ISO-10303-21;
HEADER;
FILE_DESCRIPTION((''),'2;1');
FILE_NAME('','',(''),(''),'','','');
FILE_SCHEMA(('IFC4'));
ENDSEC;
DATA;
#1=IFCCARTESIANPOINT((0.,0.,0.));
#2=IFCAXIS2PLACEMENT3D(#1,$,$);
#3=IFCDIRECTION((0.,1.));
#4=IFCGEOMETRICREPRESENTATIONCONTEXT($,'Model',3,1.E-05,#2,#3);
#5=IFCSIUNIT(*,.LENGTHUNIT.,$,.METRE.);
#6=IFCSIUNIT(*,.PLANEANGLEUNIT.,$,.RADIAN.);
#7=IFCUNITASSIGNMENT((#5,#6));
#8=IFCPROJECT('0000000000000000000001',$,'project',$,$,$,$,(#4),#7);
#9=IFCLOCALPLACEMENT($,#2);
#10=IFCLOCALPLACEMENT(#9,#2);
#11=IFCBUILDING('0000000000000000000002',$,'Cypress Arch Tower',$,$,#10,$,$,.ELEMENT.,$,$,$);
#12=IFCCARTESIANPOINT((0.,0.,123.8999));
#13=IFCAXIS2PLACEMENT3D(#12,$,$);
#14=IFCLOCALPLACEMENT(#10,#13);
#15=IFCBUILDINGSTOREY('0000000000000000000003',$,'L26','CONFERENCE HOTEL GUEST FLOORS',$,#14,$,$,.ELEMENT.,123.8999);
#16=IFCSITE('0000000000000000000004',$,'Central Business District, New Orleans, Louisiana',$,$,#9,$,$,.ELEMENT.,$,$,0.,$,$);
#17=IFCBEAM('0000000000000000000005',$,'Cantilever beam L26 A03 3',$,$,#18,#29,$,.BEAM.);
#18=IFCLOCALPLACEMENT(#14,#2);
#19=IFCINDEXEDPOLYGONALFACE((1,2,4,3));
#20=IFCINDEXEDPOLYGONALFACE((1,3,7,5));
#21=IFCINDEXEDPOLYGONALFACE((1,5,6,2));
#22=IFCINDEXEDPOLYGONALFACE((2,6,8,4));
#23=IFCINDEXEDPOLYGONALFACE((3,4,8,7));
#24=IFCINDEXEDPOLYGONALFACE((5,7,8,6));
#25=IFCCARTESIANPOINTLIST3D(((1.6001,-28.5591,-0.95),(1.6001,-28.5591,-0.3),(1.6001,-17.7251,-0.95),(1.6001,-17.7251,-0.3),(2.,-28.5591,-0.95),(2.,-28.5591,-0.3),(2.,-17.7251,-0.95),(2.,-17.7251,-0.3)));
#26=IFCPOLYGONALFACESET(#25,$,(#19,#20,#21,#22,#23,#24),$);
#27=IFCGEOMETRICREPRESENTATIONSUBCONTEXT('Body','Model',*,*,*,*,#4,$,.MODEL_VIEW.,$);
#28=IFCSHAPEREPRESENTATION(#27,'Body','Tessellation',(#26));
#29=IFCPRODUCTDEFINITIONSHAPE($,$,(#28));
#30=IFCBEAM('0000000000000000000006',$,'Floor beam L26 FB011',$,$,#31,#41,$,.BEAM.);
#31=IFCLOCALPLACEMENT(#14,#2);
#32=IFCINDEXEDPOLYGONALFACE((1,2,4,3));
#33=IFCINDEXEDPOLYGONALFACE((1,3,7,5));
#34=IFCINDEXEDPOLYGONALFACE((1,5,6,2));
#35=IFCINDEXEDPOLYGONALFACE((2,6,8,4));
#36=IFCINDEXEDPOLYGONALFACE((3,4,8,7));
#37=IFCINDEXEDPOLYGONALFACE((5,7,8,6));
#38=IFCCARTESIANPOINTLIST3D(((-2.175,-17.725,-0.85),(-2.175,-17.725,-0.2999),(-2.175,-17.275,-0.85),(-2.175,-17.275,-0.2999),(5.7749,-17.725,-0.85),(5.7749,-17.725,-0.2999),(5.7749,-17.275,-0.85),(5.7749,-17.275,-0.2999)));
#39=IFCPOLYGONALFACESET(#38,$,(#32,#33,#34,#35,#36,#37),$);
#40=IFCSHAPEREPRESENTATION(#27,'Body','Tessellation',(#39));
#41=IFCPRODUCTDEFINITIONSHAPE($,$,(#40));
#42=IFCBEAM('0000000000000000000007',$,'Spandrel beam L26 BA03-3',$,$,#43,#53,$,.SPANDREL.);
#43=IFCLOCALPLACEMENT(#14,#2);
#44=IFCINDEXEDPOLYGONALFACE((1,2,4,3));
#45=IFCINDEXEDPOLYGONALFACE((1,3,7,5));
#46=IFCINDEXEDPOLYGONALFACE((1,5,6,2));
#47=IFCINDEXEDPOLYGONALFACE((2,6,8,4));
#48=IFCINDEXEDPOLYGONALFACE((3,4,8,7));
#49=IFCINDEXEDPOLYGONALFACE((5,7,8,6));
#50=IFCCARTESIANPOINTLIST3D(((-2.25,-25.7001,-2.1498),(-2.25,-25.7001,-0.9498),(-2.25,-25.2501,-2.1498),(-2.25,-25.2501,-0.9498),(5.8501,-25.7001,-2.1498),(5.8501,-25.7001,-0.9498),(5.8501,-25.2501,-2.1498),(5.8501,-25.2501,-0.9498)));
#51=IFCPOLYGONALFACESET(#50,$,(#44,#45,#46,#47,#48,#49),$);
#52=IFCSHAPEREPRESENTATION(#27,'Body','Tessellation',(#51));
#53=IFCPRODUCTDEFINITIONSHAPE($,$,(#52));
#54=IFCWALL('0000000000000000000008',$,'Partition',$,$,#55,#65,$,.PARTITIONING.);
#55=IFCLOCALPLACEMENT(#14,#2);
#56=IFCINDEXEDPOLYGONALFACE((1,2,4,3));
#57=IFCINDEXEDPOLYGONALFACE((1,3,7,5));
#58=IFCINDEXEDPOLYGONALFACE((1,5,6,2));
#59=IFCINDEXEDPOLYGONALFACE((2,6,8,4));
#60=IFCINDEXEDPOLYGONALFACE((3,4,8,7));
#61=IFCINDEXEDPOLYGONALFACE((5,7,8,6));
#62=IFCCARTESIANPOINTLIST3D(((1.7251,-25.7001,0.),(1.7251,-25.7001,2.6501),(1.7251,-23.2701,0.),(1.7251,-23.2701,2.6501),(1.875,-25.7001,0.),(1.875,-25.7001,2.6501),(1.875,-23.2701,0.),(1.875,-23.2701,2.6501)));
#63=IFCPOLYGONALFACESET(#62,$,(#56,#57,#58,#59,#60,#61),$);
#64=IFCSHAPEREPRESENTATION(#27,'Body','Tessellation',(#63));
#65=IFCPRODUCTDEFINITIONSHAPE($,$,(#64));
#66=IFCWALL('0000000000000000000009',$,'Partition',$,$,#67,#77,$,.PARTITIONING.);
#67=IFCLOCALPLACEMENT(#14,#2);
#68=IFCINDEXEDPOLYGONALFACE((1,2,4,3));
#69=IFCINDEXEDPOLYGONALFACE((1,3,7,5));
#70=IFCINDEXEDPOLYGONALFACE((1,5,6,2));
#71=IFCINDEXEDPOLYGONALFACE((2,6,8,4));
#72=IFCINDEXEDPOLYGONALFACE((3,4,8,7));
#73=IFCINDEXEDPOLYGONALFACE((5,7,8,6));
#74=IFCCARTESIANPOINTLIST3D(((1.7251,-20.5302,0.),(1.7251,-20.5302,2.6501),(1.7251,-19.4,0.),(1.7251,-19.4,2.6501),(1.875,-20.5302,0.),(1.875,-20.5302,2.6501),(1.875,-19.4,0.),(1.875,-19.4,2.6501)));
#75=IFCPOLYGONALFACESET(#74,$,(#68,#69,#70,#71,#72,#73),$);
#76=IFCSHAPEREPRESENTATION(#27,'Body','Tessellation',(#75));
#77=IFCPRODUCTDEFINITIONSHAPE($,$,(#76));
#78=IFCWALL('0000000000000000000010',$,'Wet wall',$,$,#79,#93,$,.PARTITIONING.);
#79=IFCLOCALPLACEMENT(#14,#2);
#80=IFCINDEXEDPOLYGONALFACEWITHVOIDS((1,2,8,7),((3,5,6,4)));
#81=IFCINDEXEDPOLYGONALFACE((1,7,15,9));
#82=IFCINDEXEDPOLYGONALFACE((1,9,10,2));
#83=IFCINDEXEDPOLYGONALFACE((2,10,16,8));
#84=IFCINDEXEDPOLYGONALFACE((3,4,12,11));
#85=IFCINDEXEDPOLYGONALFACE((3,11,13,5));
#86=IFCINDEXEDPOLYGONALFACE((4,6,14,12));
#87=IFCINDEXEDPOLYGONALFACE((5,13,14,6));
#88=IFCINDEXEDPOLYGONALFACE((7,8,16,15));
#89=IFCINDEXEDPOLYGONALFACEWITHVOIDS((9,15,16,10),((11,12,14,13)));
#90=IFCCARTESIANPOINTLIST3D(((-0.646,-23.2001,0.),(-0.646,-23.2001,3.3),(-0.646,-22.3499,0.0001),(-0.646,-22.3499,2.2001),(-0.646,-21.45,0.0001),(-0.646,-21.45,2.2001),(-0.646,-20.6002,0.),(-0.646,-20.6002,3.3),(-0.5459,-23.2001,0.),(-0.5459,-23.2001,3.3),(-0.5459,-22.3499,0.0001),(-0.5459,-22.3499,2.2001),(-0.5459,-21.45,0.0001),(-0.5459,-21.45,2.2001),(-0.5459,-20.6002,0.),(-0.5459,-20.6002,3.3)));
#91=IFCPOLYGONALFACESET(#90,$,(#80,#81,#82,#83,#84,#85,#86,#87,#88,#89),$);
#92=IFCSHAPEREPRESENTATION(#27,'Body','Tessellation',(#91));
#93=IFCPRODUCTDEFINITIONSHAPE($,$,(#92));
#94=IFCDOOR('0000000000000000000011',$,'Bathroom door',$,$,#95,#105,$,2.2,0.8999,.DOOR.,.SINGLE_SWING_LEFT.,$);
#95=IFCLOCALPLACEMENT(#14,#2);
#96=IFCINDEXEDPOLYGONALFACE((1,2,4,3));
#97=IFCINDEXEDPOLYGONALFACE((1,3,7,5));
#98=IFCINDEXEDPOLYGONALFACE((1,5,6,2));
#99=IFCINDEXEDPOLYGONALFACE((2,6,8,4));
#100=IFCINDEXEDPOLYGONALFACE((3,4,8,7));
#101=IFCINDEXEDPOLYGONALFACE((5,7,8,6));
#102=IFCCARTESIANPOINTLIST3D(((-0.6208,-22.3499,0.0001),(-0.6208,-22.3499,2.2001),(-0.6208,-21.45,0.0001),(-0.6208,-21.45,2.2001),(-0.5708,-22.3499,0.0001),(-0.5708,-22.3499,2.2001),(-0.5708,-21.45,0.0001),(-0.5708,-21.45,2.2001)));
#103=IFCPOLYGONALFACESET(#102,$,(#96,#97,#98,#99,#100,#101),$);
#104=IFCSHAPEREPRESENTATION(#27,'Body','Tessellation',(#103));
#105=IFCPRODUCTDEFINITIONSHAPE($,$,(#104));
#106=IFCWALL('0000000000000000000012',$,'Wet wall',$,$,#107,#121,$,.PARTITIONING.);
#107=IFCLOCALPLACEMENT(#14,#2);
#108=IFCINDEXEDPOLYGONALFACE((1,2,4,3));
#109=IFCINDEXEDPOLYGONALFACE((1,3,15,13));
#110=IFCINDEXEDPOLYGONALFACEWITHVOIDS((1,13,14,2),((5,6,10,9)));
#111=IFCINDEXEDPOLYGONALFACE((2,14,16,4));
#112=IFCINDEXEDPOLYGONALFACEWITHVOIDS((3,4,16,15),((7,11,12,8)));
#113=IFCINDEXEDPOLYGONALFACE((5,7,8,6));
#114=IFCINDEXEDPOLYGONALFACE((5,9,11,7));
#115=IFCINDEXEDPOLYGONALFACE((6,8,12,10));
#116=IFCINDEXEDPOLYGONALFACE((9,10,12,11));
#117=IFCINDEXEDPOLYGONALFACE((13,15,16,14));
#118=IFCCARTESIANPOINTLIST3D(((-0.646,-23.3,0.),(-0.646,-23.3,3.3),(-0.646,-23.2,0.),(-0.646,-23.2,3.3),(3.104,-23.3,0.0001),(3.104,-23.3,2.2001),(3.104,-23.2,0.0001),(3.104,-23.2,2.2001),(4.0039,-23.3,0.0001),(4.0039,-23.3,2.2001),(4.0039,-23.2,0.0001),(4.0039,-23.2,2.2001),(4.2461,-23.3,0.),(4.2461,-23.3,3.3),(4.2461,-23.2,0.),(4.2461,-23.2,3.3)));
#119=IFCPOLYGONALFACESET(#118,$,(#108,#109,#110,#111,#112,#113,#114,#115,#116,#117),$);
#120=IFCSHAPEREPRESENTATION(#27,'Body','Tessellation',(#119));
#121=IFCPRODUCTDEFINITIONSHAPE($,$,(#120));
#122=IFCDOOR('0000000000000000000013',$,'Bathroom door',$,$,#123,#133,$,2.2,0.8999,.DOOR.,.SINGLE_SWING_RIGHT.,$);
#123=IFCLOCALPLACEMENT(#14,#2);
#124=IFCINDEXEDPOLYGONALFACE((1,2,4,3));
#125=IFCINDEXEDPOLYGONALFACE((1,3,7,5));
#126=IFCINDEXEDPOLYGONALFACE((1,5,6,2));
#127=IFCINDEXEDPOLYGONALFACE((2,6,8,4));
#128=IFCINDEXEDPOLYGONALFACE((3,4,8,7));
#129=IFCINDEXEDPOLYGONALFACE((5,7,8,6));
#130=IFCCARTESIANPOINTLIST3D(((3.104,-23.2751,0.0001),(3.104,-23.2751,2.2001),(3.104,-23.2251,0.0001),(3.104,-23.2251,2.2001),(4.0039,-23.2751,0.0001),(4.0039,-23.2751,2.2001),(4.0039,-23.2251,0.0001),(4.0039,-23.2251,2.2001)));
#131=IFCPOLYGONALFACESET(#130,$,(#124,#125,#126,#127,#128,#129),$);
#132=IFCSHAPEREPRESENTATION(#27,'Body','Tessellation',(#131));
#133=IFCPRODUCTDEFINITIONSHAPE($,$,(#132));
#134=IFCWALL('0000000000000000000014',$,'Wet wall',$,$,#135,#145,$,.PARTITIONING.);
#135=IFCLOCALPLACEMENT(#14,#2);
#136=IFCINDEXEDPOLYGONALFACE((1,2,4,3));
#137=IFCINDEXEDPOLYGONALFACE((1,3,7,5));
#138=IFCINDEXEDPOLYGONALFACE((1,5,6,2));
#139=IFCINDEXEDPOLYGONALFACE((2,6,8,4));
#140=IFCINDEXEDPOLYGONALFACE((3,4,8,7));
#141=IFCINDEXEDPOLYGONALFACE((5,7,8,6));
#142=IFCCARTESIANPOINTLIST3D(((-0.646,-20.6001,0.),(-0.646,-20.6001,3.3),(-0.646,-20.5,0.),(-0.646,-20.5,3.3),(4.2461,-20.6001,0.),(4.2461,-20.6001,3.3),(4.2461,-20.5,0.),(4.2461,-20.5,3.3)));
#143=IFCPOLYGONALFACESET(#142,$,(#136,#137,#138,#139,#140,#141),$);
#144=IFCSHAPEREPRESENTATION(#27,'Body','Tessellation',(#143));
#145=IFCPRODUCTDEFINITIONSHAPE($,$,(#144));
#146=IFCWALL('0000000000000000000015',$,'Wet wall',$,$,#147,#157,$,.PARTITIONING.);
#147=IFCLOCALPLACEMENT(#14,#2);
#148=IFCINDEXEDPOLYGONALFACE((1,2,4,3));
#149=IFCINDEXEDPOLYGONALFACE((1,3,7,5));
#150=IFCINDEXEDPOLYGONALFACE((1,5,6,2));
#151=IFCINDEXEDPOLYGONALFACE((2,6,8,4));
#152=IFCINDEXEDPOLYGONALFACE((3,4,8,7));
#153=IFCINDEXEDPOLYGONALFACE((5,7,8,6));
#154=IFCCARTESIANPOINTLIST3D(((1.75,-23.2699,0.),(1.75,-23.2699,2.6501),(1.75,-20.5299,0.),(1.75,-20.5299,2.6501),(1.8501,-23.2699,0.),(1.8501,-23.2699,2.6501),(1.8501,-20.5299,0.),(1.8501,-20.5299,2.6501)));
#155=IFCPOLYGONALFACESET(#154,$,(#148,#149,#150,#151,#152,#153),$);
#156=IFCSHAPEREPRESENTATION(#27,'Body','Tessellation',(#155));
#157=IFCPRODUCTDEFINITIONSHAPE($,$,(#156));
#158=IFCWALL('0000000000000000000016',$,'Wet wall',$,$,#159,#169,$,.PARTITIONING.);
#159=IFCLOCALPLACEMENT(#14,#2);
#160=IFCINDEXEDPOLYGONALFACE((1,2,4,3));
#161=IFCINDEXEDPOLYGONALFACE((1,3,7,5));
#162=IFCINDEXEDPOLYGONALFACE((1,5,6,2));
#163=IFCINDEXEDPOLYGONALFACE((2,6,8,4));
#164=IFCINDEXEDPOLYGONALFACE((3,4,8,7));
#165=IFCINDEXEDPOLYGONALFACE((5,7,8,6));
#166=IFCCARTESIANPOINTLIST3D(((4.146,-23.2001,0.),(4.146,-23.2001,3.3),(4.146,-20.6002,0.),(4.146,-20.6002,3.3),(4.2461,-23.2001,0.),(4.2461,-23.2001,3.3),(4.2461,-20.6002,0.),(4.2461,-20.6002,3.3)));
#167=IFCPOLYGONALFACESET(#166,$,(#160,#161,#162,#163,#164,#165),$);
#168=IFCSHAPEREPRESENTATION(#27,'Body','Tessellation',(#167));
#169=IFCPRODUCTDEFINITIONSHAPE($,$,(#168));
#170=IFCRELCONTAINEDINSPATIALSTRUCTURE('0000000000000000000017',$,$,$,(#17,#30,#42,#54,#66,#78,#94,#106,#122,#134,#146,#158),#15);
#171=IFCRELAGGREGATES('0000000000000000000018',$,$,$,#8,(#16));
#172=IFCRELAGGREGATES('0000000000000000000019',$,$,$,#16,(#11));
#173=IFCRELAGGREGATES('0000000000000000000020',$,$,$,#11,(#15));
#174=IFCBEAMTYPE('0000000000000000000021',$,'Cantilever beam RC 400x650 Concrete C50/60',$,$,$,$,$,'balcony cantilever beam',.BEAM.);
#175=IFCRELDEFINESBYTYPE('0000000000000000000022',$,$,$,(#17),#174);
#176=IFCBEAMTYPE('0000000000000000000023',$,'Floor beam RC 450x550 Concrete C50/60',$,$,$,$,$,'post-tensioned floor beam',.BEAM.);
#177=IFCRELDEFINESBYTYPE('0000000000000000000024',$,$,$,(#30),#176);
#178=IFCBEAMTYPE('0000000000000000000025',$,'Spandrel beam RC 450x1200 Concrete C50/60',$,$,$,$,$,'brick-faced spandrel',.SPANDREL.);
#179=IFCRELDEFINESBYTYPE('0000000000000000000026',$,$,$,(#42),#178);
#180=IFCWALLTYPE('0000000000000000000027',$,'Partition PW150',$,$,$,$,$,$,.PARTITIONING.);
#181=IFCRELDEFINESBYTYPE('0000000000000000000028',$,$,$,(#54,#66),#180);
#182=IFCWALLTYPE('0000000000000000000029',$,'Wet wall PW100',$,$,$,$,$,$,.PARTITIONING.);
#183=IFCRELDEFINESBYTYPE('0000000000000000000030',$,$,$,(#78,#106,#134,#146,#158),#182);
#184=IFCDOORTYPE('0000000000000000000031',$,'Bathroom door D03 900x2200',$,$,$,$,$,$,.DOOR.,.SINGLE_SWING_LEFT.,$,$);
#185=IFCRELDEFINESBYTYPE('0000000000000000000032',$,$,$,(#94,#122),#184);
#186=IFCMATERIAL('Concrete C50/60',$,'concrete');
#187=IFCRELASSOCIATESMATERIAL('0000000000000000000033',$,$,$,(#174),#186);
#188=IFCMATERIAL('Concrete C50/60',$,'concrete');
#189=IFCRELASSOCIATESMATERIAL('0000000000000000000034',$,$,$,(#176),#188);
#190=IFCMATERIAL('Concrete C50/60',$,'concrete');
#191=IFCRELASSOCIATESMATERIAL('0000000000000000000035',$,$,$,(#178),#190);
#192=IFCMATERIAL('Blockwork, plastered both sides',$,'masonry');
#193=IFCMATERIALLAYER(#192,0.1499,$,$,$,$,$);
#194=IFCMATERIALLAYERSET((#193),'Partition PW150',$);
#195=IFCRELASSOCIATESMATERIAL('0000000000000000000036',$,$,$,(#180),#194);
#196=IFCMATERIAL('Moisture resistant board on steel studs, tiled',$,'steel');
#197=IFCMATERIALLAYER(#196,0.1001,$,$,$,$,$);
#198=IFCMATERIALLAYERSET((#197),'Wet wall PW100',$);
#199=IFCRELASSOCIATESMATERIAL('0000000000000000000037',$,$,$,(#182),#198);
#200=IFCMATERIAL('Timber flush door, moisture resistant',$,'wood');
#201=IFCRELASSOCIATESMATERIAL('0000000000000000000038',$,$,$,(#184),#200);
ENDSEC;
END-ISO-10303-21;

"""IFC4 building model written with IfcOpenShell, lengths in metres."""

from ifc_helpers import new_model, si_unit, direction, frame, frame_2d, origin, origin_2d, place, context, subcontext, project, spatial, rectangle, extrude, material, layer, layer_set, material_profile, profile_set, type_object, element, fill, save


model = new_model("IFC4")

# Units and contexts
model_context = context("Model", 3, precision=1e-05, world=origin(), true_north=direction((0.0, 1.0)))
body_context = subcontext(model_context, "Body", "Model", "MODEL_VIEW")
ifc_project = project(units=[si_unit("LENGTHUNIT", "METRE"), si_unit("PLANEANGLEUNIT", "RADIAN")], contexts=[model_context])

# Site, building, storey
site_placement = place(None, origin())
site = spatial("IfcSite", under=ifc_project, at=site_placement, Name="Central Business District, New Orleans, Louisiana", CompositionType="ELEMENT", RefElevation=0.0)
building_placement = place(site_placement, origin())
building = spatial("IfcBuilding", under=site, at=building_placement, Name="Cypress Arch Tower", CompositionType="ELEMENT")
storey_placement = place(building_placement, frame((0.0, 0.0, 123.8999)))
storey = spatial("IfcBuildingStorey", under=building, at=storey_placement, Name="L26", Description="CONFERENCE HOTEL GUEST FLOORS", CompositionType="ELEMENT", Elevation=123.8999)

# Beams
ifc_material_1 = material(Name="Concrete C50/60", Category="concrete")
ifc_material_profile_1 = material_profile(ifc_material_1, rectangle(XDim=0.3999, YDim=0.6499, at=origin_2d()), Name="RC 400x650")
ifc_profile_set_1 = profile_set([ifc_material_profile_1], Name="Concrete C50/60")
beam_type_1 = type_object("IfcBeamType", Name="Cantilever beam RC 400x650 Concrete C50/60", ElementType="balcony cantilever beam", PredefinedType="BEAM", material=ifc_profile_set_1)
beam_1_placement = place(storey_placement, frame((1.8, -17.7251, -0.625), z_axis=(0.0, -1.0, 0.0), x_axis=(1.0, 0.0, 0.0)))
element("IfcBeam", 1, at=beam_1_placement, inside=storey, type_object=beam_type_1, Name="Cantilever beam L26 A03 3", PredefinedType="BEAM", context=body_context, shape_type="SweptSolid", body=[
    extrude(rectangle(XDim=0.3999, YDim=0.6499, at=origin_2d()), origin(), (0.0, 0.0, 1.0), 10.834),
])
ifc_material_2 = material(Name="Concrete C50/60", Category="concrete")
ifc_material_profile_2 = material_profile(ifc_material_2, rectangle(XDim=0.45, YDim=0.55, at=origin_2d()), Name="RC 450x550")
ifc_profile_set_2 = profile_set([ifc_material_profile_2], Name="Concrete C50/60")
beam_type_2 = type_object("IfcBeamType", Name="Floor beam RC 450x550 Concrete C50/60", ElementType="post-tensioned floor beam", PredefinedType="BEAM", material=ifc_profile_set_2)
beam_2_placement = place(storey_placement, frame((-2.175, -17.5, -0.575), z_axis=(1.0, 0.0, 0.0), x_axis=(0.0, 1.0, 0.0)))
element("IfcBeam", 2, at=beam_2_placement, inside=storey, type_object=beam_type_2, Name="Floor beam L26 FB011", PredefinedType="BEAM", context=body_context, shape_type="SweptSolid", body=[
    extrude(rectangle(XDim=0.45, YDim=0.55, at=origin_2d()), origin(), (0.0, 0.0, 1.0), 7.95),
])
ifc_material_3 = material(Name="Concrete C50/60", Category="concrete")
ifc_material_profile_3 = material_profile(ifc_material_3, rectangle(XDim=0.45, YDim=1.2, at=origin_2d()), Name="RC 450x1200")
ifc_profile_set_3 = profile_set([ifc_material_profile_3], Name="Concrete C50/60")
beam_type_3 = type_object("IfcBeamType", Name="Spandrel beam RC 450x1200 Concrete C50/60", ElementType="brick-faced spandrel", PredefinedType="SPANDREL", material=ifc_profile_set_3)
beam_3_placement = place(storey_placement, frame((-2.25, -25.4751, -1.5498), z_axis=(1.0, 0.0, 0.0), x_axis=(0.0, 1.0, 0.0)))
element("IfcBeam", 3, at=beam_3_placement, inside=storey, type_object=beam_type_3, Name="Spandrel beam L26 BA03-3", PredefinedType="SPANDREL", context=body_context, shape_type="SweptSolid", body=[
    extrude(rectangle(XDim=0.45, YDim=1.2, at=origin_2d()), origin(), (0.0, 0.0, 1.0), 8.1001),
])

# Walls
ifc_material_4 = material(Name="Blockwork, plastered both sides", Category="masonry")
ifc_layer_1 = layer(ifc_material_4, 0.1499)
ifc_layer_set_1 = layer_set([ifc_layer_1], Name="Partition PW150")
wall_type_1 = type_object("IfcWallType", Name="Partition PW150", PredefinedType="PARTITIONING", material=ifc_layer_set_1)
wall_1_placement = place(storey_placement, frame((1.8, -25.7, 0.0), z_axis=(0.0, 0.0, 1.0), x_axis=(0.0, 1.0, 0.0)))
element("IfcWall", 4, at=wall_1_placement, inside=storey, type_object=wall_type_1, Name="Partition", PredefinedType="PARTITIONING", context=body_context, shape_type="SweptSolid", body=[
    extrude(rectangle(XDim=2.4299, YDim=0.1499, at=frame_2d((1.2148, 0.0))), origin(), (0.0, 0.0, 1.0), 2.6501),
])
wall_2_placement = place(storey_placement, frame((1.8, -20.53, 0.0), z_axis=(0.0, 0.0, 1.0), x_axis=(0.0, 1.0, 0.0)))
element("IfcWall", 5, at=wall_2_placement, inside=storey, type_object=wall_type_1, Name="Partition", PredefinedType="PARTITIONING", context=body_context, shape_type="SweptSolid", body=[
    extrude(rectangle(XDim=1.1301, YDim=0.1499, at=frame_2d((0.5649, 0.0))), origin(), (0.0, 0.0, 1.0), 2.6501),
])

# Walls, openings, doors
ifc_material_5 = material(Name="Moisture resistant board on steel studs, tiled", Category="steel")
ifc_layer_2 = layer(ifc_material_5, 0.1001)
ifc_layer_set_2 = layer_set([ifc_layer_2], Name="Wet wall PW100")
wall_type_2 = type_object("IfcWallType", Name="Wet wall PW100", PredefinedType="PARTITIONING", material=ifc_layer_set_2)
wall_3_placement = place(storey_placement, frame((-0.5959, -23.2, 0.0), z_axis=(0.0, 0.0, 1.0), x_axis=(0.0, 1.0, 0.0)))
wall_3 = element("IfcWall", 6, at=wall_3_placement, inside=storey, type_object=wall_type_2, Name="Wet wall", PredefinedType="PARTITIONING", context=body_context, shape_type="SweptSolid", body=[
    extrude(rectangle(XDim=2.5999, YDim=0.1001, at=frame_2d((1.2998, 0.0))), origin(), (0.0, 0.0, 1.0), 3.3),
])
opening_1_placement = place(wall_3_placement, frame((0.8501, 0.0, 0.0)))
opening_1 = element("IfcOpeningElement", 7, at=opening_1_placement, cuts=wall_3, PredefinedType="OPENING", context=body_context, shape_type="SweptSolid", body=[
    extrude(rectangle(XDim=0.8999, YDim=2.2, at=frame_2d((0.45, 1.1001))), frame((0.0, 0.0601, 0.0), z_axis=(0.0, -1.0, 0.0), x_axis=(1.0, 0.0, 0.0)), (0.0, 0.0, 1.0), 0.1201),
])
ifc_material_6 = material(Name="Timber flush door, moisture resistant", Category="wood")
door_type_1 = type_object("IfcDoorType", Name="Bathroom door D03 900x2200", OperationType="SINGLE_SWING_LEFT", PredefinedType="DOOR", material=ifc_material_6)
door_1_placement = place(opening_1_placement, origin())
door_1 = element("IfcDoor", 8, at=door_1_placement, inside=storey, type_object=door_type_1, Name="Bathroom door", OperationType="SINGLE_SWING_LEFT", OverallHeight=2.2, OverallWidth=0.8999, PredefinedType="DOOR", context=body_context, shape_type="SweptSolid", body=[
    extrude(rectangle(XDim=0.8999, YDim=2.2, at=frame_2d((0.45, 1.1001))), frame((0.0, 0.0249, 0.0), z_axis=(0.0, -1.0, 0.0), x_axis=(1.0, 0.0, 0.0)), (0.0, 0.0, 1.0), 0.05),
])
fill(opening_1, door_1)
wall_4_placement = place(storey_placement, frame((-0.646, -23.25, 0.0), z_axis=(0.0, 0.0, 1.0), x_axis=(1.0, 0.0, 0.0)))
wall_4 = element("IfcWall", 9, at=wall_4_placement, inside=storey, type_object=wall_type_2, Name="Wet wall", PredefinedType="PARTITIONING", context=body_context, shape_type="SweptSolid", body=[
    extrude(rectangle(XDim=4.8921, YDim=0.1001, at=frame_2d((2.446, 0.0))), origin(), (0.0, 0.0, 1.0), 3.3),
])
opening_2_placement = place(wall_4_placement, frame((3.75, 0.0, 0.0)))
opening_2 = element("IfcOpeningElement", 10, at=opening_2_placement, cuts=wall_4, PredefinedType="OPENING", context=body_context, shape_type="SweptSolid", body=[
    extrude(rectangle(XDim=0.8999, YDim=2.2, at=frame_2d((0.45, 1.1001))), frame((0.0, 0.0601, 0.0), z_axis=(0.0, -1.0, 0.0), x_axis=(1.0, 0.0, 0.0)), (0.0, 0.0, 1.0), 0.1201),
])
door_2_placement = place(opening_2_placement, origin())
door_2 = element("IfcDoor", 11, at=door_2_placement, inside=storey, type_object=door_type_1, Name="Bathroom door", OperationType="SINGLE_SWING_RIGHT", OverallHeight=2.2, OverallWidth=0.8999, PredefinedType="DOOR", context=body_context, shape_type="SweptSolid", body=[
    extrude(rectangle(XDim=0.8999, YDim=2.2, at=frame_2d((0.45, 1.1001))), frame((0.0, 0.0249, 0.0), z_axis=(0.0, -1.0, 0.0), x_axis=(1.0, 0.0, 0.0)), (0.0, 0.0, 1.0), 0.05),
])
fill(opening_2, door_2)

# Walls
wall_5_placement = place(storey_placement, frame((-0.646, -20.55, 0.0), z_axis=(0.0, 0.0, 1.0), x_axis=(1.0, 0.0, 0.0)))
element("IfcWall", 12, at=wall_5_placement, inside=storey, type_object=wall_type_2, Name="Wet wall", PredefinedType="PARTITIONING", context=body_context, shape_type="SweptSolid", body=[
    extrude(rectangle(XDim=4.8921, YDim=0.1001, at=frame_2d((2.446, 0.0))), origin(), (0.0, 0.0, 1.0), 3.3),
])
wall_6_placement = place(storey_placement, frame((1.8, -23.27, 0.0), z_axis=(0.0, 0.0, 1.0), x_axis=(0.0, 1.0, 0.0)))
element("IfcWall", 13, at=wall_6_placement, inside=storey, type_object=wall_type_2, Name="Wet wall", PredefinedType="PARTITIONING", context=body_context, shape_type="SweptSolid", body=[
    extrude(rectangle(XDim=2.74, YDim=0.1001, at=frame_2d((1.3701, 0.0))), origin(), (0.0, 0.0, 1.0), 2.6501),
])
wall_7_placement = place(storey_placement, frame((4.196, -23.2, 0.0), z_axis=(0.0, 0.0, 1.0), x_axis=(0.0, 1.0, 0.0)))
element("IfcWall", 14, at=wall_7_placement, inside=storey, type_object=wall_type_2, Name="Wet wall", PredefinedType="PARTITIONING", context=body_context, shape_type="SweptSolid", body=[
    extrude(rectangle(XDim=2.5999, YDim=0.1001, at=frame_2d((1.2998, 0.0))), origin(), (0.0, 0.0, 1.0), 3.3),
])

save(model, "model.ifc")
